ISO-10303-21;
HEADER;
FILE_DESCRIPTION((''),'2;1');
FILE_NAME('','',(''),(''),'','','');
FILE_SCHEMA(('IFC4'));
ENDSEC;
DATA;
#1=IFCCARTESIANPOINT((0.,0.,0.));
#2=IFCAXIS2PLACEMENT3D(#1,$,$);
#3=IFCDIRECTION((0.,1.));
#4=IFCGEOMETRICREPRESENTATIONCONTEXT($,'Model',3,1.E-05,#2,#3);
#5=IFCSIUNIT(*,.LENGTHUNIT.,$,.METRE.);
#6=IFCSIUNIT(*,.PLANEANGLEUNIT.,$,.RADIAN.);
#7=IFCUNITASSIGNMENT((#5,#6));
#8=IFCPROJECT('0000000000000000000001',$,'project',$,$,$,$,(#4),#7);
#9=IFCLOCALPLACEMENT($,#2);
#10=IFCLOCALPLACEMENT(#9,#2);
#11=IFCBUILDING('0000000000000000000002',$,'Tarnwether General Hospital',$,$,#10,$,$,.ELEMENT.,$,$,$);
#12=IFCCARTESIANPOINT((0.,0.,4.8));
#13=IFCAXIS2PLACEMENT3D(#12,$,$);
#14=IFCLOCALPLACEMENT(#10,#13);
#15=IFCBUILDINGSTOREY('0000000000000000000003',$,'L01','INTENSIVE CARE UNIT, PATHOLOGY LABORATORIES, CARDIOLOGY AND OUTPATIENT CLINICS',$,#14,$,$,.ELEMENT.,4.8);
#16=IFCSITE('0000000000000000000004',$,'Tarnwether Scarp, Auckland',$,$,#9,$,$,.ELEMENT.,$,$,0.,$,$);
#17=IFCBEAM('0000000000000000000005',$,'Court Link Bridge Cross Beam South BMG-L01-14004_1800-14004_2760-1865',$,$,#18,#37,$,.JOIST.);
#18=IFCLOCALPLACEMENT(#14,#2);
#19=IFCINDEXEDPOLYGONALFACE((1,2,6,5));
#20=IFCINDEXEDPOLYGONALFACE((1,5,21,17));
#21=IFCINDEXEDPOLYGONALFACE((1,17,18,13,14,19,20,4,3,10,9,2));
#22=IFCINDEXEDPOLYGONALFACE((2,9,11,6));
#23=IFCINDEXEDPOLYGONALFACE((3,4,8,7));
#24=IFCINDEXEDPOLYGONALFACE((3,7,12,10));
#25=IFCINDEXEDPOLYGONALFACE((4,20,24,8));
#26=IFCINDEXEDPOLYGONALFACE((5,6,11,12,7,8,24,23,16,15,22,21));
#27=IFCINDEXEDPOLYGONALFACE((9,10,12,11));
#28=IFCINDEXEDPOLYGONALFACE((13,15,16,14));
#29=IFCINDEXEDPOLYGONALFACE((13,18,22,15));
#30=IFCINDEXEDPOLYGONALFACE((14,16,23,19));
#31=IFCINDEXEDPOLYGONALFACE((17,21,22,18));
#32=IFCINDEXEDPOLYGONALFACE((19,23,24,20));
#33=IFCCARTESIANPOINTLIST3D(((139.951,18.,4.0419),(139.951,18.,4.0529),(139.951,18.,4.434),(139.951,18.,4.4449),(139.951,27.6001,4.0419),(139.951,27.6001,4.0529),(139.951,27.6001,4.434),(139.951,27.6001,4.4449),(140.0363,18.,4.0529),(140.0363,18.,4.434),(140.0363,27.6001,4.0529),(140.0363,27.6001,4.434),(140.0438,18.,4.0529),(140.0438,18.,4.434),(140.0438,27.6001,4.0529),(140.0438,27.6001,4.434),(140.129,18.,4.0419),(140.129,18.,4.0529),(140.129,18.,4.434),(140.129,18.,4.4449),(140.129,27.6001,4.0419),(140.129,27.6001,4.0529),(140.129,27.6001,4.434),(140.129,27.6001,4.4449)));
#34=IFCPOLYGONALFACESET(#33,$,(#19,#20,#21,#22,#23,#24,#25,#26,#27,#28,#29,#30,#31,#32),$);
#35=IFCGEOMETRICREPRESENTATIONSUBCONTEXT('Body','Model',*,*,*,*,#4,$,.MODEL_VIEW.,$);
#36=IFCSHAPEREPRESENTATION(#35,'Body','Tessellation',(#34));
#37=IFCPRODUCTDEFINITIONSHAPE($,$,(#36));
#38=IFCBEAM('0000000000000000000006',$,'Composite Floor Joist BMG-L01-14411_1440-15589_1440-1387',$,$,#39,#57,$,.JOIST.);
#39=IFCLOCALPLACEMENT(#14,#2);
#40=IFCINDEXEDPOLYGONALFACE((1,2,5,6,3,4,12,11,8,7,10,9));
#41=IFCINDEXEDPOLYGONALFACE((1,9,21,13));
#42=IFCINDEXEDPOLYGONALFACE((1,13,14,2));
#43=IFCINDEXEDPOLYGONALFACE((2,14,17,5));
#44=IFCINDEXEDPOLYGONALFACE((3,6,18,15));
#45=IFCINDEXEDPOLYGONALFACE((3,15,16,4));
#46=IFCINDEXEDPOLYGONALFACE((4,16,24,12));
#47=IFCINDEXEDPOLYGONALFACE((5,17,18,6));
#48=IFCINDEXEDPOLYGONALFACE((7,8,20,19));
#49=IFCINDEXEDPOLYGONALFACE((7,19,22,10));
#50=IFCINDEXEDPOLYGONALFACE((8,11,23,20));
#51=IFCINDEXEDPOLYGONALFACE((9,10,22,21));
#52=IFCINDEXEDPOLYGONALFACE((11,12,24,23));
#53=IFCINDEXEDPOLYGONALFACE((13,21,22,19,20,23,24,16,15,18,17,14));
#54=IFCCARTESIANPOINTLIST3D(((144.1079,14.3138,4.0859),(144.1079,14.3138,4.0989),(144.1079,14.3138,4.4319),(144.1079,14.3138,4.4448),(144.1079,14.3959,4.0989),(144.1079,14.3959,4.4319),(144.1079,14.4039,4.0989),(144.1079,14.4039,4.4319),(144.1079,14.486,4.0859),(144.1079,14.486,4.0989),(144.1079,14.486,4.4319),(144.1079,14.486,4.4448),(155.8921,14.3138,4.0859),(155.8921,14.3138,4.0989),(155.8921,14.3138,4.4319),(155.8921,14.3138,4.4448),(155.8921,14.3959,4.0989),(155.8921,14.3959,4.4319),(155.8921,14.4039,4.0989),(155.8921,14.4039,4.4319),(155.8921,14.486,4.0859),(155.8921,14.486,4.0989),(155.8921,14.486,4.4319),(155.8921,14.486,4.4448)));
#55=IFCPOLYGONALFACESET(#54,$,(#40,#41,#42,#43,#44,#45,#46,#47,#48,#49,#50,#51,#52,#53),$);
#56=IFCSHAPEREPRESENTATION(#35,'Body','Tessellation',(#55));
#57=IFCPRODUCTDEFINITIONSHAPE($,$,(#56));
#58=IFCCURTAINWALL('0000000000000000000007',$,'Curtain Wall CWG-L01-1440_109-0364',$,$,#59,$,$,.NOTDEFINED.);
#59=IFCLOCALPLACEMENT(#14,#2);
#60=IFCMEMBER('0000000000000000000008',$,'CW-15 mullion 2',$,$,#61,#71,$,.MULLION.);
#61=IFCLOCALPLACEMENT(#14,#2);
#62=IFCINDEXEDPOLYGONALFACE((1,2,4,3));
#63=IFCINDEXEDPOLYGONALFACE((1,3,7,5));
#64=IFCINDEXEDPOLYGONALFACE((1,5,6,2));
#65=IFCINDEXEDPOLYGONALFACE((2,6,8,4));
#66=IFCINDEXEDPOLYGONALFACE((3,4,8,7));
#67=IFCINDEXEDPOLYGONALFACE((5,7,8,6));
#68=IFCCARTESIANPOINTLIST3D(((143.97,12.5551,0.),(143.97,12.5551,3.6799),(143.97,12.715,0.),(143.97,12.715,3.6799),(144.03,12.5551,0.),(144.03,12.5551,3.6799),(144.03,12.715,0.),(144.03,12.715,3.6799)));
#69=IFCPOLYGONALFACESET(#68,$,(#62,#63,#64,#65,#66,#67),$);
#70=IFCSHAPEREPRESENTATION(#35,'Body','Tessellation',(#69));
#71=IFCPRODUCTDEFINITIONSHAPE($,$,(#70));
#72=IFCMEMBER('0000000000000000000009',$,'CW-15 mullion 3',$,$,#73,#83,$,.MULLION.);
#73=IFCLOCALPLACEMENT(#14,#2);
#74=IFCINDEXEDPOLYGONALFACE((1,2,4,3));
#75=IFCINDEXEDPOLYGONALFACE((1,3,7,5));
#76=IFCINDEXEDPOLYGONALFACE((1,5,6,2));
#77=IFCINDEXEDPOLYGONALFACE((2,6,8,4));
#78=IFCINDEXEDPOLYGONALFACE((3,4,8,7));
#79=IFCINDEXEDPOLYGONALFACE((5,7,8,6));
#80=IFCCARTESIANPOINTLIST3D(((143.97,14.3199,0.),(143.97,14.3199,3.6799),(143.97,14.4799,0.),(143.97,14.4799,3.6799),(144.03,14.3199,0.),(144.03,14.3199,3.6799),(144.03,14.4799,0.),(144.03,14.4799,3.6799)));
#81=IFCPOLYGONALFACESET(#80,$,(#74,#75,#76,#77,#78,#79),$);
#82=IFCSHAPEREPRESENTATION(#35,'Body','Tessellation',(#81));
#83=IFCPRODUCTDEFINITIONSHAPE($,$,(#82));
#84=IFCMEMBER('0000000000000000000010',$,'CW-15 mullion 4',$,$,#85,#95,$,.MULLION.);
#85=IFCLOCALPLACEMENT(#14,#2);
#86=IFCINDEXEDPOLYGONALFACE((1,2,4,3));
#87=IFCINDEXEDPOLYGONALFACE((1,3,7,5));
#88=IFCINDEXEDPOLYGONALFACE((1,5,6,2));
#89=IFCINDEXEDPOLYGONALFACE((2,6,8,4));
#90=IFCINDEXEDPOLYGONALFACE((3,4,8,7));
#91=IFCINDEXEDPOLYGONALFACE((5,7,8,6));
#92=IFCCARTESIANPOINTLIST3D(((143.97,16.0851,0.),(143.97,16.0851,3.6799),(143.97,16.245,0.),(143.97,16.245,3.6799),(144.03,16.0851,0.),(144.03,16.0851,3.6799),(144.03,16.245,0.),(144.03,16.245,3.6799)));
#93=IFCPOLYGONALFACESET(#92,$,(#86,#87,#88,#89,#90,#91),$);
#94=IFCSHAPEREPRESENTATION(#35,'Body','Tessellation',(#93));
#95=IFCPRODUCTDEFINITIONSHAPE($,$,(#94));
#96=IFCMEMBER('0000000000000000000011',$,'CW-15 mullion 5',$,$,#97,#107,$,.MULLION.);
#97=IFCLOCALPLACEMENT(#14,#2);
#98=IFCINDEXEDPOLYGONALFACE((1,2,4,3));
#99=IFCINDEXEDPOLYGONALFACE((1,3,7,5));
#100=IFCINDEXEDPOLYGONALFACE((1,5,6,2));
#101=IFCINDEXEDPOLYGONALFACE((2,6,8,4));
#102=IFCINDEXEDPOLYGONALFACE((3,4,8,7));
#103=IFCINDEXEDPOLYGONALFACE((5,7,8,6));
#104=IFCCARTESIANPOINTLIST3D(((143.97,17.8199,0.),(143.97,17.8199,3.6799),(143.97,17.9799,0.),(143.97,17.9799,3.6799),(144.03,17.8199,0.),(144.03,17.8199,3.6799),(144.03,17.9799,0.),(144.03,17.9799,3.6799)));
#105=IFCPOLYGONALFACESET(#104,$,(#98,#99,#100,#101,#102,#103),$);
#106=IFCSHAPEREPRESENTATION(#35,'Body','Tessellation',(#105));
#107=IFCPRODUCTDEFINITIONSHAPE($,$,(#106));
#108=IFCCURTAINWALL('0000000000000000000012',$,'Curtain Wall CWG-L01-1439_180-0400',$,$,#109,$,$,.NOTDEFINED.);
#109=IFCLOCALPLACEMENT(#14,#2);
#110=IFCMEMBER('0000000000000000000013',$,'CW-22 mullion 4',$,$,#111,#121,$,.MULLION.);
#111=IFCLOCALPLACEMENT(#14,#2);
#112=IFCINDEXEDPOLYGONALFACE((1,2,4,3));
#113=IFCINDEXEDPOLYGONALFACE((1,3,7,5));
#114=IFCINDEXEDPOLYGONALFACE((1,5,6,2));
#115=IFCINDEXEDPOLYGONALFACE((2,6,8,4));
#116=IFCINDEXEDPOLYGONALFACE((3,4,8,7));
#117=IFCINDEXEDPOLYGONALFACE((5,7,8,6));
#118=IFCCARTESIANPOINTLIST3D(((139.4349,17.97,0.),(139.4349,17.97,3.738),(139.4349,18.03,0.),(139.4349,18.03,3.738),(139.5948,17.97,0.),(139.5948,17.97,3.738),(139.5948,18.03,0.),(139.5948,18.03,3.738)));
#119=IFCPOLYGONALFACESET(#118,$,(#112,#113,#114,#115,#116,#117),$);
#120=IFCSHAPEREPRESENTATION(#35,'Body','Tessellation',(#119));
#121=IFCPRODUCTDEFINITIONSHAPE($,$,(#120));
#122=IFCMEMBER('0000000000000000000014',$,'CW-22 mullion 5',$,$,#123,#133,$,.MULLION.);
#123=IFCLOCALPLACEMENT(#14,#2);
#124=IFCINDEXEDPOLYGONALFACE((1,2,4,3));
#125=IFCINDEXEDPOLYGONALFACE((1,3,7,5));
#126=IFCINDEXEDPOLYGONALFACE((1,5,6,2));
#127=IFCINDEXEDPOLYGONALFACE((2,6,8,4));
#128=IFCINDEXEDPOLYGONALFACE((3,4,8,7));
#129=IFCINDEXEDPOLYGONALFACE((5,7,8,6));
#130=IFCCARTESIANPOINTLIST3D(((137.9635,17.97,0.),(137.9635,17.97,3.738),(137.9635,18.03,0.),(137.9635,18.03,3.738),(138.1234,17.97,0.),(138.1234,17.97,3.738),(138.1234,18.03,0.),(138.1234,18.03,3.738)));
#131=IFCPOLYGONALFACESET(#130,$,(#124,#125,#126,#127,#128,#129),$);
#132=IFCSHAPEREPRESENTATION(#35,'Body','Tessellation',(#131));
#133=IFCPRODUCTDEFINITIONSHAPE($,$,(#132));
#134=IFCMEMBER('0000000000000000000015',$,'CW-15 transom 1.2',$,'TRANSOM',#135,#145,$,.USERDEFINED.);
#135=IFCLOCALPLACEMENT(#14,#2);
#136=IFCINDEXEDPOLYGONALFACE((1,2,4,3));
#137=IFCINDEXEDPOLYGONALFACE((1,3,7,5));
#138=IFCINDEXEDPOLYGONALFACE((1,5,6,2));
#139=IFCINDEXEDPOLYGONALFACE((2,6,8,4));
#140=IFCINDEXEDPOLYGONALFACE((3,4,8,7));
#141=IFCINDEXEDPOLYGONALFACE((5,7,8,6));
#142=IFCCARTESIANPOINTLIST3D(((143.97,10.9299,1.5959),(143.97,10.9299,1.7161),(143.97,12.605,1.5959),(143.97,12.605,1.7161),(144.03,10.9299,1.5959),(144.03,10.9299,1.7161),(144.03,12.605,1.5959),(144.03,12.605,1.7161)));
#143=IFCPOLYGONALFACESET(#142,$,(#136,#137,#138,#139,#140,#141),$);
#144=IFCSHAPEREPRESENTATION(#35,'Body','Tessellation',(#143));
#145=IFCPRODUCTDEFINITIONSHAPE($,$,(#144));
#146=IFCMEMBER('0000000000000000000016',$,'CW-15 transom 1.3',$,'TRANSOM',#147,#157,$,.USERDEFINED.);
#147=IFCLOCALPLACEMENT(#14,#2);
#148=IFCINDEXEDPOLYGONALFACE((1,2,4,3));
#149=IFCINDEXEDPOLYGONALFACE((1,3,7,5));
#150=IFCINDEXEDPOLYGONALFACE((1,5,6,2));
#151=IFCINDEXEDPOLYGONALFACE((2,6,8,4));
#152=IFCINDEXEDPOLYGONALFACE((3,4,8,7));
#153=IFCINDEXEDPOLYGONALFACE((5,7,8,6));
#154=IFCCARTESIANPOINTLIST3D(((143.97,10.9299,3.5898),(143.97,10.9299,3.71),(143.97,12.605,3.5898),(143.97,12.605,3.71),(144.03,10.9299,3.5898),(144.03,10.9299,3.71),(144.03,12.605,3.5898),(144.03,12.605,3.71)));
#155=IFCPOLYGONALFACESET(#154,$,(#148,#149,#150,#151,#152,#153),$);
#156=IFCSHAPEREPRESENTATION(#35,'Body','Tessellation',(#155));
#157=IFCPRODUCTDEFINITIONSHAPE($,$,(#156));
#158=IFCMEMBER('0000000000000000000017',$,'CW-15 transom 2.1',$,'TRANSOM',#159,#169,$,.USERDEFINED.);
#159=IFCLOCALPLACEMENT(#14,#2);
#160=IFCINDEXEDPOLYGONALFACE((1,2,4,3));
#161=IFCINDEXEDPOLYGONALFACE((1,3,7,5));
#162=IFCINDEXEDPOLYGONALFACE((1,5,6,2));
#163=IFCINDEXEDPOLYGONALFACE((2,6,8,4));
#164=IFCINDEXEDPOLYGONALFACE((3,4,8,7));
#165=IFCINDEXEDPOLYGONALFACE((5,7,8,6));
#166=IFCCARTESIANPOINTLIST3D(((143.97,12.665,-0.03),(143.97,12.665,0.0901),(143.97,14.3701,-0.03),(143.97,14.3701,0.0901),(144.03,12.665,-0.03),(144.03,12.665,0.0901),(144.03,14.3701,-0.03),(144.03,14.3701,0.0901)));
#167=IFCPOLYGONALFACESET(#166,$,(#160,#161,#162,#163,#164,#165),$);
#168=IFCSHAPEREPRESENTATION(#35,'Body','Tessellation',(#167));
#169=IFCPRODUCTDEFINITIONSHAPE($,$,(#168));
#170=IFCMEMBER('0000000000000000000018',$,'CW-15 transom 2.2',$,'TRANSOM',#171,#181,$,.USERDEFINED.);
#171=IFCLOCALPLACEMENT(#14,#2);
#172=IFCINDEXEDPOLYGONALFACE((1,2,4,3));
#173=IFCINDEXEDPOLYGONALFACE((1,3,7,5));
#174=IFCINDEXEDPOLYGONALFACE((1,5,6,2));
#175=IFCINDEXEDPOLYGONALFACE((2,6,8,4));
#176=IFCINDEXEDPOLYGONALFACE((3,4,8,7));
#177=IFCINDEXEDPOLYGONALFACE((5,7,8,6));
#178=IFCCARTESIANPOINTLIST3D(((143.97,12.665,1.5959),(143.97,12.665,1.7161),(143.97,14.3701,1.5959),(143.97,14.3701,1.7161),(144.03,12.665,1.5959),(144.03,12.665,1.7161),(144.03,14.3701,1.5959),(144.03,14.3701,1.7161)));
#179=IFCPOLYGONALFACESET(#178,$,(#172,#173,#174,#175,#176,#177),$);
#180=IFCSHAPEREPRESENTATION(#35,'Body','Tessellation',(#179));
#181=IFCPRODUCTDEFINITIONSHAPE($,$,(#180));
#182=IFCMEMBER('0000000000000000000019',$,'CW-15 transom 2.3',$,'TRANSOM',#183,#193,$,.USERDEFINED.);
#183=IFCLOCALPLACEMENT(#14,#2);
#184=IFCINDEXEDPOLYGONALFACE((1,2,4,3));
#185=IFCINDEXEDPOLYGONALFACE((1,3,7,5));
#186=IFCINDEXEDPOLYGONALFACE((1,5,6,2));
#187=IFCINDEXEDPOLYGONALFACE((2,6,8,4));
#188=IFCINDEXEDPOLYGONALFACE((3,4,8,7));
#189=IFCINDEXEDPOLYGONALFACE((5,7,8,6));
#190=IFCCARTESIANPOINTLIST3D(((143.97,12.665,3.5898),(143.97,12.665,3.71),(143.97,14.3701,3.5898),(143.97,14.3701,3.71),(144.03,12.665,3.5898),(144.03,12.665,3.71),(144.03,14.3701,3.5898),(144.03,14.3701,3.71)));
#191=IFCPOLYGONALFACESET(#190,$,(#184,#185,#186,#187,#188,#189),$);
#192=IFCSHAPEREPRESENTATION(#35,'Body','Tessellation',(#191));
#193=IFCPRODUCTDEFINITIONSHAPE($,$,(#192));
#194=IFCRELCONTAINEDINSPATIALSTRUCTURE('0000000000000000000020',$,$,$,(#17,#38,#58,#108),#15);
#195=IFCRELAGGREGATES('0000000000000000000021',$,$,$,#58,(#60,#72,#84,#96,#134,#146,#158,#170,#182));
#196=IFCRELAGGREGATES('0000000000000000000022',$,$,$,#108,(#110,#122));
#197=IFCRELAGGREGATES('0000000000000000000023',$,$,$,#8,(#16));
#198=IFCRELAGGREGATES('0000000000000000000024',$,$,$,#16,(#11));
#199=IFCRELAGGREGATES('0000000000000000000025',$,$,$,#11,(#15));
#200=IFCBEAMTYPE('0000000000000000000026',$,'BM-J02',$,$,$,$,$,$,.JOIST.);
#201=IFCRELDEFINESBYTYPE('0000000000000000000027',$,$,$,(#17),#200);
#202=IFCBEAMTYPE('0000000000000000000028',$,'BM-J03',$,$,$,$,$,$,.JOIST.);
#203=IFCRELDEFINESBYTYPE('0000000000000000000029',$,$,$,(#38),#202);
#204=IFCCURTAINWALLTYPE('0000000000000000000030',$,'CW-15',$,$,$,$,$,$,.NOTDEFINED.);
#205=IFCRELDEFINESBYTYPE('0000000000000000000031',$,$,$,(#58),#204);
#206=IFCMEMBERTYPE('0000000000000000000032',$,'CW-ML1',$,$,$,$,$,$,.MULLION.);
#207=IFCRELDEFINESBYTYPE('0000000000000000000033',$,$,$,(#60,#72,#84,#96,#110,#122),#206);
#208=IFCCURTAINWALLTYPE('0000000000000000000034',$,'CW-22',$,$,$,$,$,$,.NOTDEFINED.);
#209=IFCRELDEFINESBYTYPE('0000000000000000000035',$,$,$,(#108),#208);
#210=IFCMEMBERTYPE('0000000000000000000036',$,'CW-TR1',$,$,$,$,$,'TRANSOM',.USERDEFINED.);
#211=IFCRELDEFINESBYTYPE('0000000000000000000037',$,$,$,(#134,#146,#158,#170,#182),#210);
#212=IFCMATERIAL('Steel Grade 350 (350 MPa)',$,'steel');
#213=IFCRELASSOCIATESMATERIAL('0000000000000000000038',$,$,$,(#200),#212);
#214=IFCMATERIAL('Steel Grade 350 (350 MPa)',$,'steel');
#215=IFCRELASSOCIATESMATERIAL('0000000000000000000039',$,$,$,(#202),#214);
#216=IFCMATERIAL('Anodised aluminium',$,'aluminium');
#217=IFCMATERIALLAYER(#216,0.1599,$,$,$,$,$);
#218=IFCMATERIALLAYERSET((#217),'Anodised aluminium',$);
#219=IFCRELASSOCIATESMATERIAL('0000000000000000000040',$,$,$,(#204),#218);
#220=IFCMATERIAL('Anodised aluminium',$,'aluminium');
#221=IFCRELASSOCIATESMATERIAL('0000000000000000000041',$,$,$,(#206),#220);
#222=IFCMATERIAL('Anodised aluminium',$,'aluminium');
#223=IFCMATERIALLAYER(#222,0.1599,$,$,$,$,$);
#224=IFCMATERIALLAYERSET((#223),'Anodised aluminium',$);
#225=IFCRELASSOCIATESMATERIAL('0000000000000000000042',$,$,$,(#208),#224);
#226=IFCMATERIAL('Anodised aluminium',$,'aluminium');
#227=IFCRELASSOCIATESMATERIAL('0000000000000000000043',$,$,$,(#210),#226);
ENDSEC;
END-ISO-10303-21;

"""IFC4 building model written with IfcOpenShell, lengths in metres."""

from ifc_helpers import new_model, si_unit, direction, frame, origin, origin_2d, place, context, subcontext, project, spatial, rectangle, i_section, extrude, material, layer, layer_set, material_profile, profile_set, type_object, element, aggregate, save


model = new_model("IFC4")

# Units and contexts
model_context = context("Model", 3, precision=1e-05, world=origin(), true_north=direction((0.0, 1.0)))
body_context = subcontext(model_context, "Body", "Model", "MODEL_VIEW")
ifc_project = project(units=[si_unit("LENGTHUNIT", "METRE"), si_unit("PLANEANGLEUNIT", "RADIAN")], contexts=[model_context])

# Site, building, storey
site_placement = place(None, origin())
site = spatial("IfcSite", under=ifc_project, at=site_placement, Name="Tarnwether Scarp, Auckland", CompositionType="ELEMENT", RefElevation=0.0)
building_placement = place(site_placement, origin())
building = spatial("IfcBuilding", under=site, at=building_placement, Name="Tarnwether General Hospital", CompositionType="ELEMENT")
storey_placement = place(building_placement, frame((0.0, 0.0, 4.8)))
storey = spatial("IfcBuildingStorey", under=building, at=storey_placement, Name="L01", Description="INTENSIVE CARE UNIT, PATHOLOGY LABORATORIES, CARDIOLOGY AND OUTPATIENT CLINICS", CompositionType="ELEMENT", Elevation=4.8)

# Beams
ifc_material_1 = material(Name="Steel Grade 350 (350 MPa)", Category="steel")
ifc_material_profile_1 = material_profile(ifc_material_1, i_section(OverallWidth=0.178, OverallDepth=0.4031, WebThickness=0.0076, FlangeThickness=0.011, at=origin_2d()), Name="410UB53.7")
ifc_profile_set_1 = profile_set([ifc_material_profile_1], Name="Steel Grade 350 (350 MPa)")
beam_type_1 = type_object("IfcBeamType", Name="BM-J02", PredefinedType="JOIST", material=ifc_profile_set_1)
beam_1_placement = place(storey_placement, frame((140.04, 18.0, 4.2434), z_axis=(0.0, 1.0, 0.0), x_axis=(-1.0, 0.0, 0.0)))
element("IfcBeam", 1, at=beam_1_placement, inside=storey, type_object=beam_type_1, Name="Court Link Bridge Cross Beam South BMG-L01-14004_1800-14004_2760-1865", PredefinedType="JOIST", context=body_context, shape_type="SweptSolid", body=[
    extrude(i_section(OverallWidth=0.178, OverallDepth=0.4031, WebThickness=0.0076, FlangeThickness=0.011, at=origin_2d()), origin(), (0.0, 0.0, 1.0), 9.6001),
])
ifc_material_2 = material(Name="Steel Grade 350 (350 MPa)", Category="steel")
ifc_material_profile_2 = material_profile(ifc_material_2, i_section(OverallWidth=0.1721, OverallDepth=0.3589, WebThickness=0.0081, FlangeThickness=0.0129, at=origin_2d()), Name="360UB56.7")
ifc_profile_set_2 = profile_set([ifc_material_profile_2], Name="Steel Grade 350 (350 MPa)")
beam_type_2 = type_object("IfcBeamType", Name="BM-J03", PredefinedType="JOIST", material=ifc_profile_set_2)
beam_2_placement = place(storey_placement, frame((144.1079, 14.3999, 4.2654), z_axis=(1.0, 0.0, 0.0), x_axis=(0.0, 1.0, 0.0)))
element("IfcBeam", 2, at=beam_2_placement, inside=storey, type_object=beam_type_2, Name="Composite Floor Joist BMG-L01-14411_1440-15589_1440-1387", PredefinedType="JOIST", context=body_context, shape_type="SweptSolid", body=[
    extrude(i_section(OverallWidth=0.1721, OverallDepth=0.3589, WebThickness=0.0081, FlangeThickness=0.0129, at=origin_2d()), origin(), (0.0, 0.0, 1.0), 11.7842),
])

# Curtain walls, members
ifc_material_3 = material(Name="Anodised aluminium", Category="aluminium")
ifc_layer_1 = layer(ifc_material_3, 0.1599)
ifc_layer_set_1 = layer_set([ifc_layer_1], Name="Anodised aluminium")
curtain_wall_type_1 = type_object("IfcCurtainWallType", Name="CW-15", PredefinedType="NOTDEFINED", material=ifc_layer_set_1)
curtain_wall_1_placement = place(storey_placement, origin())
curtain_wall_1 = element("IfcCurtainWall", 3, at=curtain_wall_1_placement, inside=storey, type_object=curtain_wall_type_1, Name="Curtain Wall CWG-L01-1440_109-0364", PredefinedType="NOTDEFINED")
ifc_material_4 = material(Name="Anodised aluminium", Category="aluminium")
ifc_material_profile_3 = material_profile(ifc_material_4, rectangle(XDim=0.0601, YDim=0.1599, at=origin_2d()), Name="ALU-MUL-60x160")
ifc_profile_set_3 = profile_set([ifc_material_profile_3], Name="Anodised aluminium")
member_type_1 = type_object("IfcMemberType", Name="CW-ML1", PredefinedType="MULLION", material=ifc_profile_set_3)
member_1_placement = place(storey_placement, frame((144.0, 12.635, 0.0), z_axis=(0.0, 0.0, 1.0), x_axis=(-1.0, 0.0, 0.0)))
member_1 = element("IfcMember", 4, at=member_1_placement, type_object=member_type_1, Name="CW-15 mullion 2", PredefinedType="MULLION", context=body_context, shape_type="SweptSolid", body=[
    extrude(rectangle(XDim=0.0601, YDim=0.1599, at=origin_2d()), origin(), (0.0, 0.0, 1.0), 3.6799),
])
member_2_placement = place(storey_placement, frame((144.0, 14.3999, 0.0), z_axis=(0.0, 0.0, 1.0), x_axis=(-1.0, 0.0, 0.0)))
member_2 = element("IfcMember", 5, at=member_2_placement, type_object=member_type_1, Name="CW-15 mullion 3", PredefinedType="MULLION", context=body_context, shape_type="SweptSolid", body=[
    extrude(rectangle(XDim=0.0601, YDim=0.1599, at=origin_2d()), origin(), (0.0, 0.0, 1.0), 3.6799),
])
member_3_placement = place(storey_placement, frame((144.0, 16.165, 0.0), z_axis=(0.0, 0.0, 1.0), x_axis=(-1.0, 0.0, 0.0)))
member_3 = element("IfcMember", 6, at=member_3_placement, type_object=member_type_1, Name="CW-15 mullion 4", PredefinedType="MULLION", context=body_context, shape_type="SweptSolid", body=[
    extrude(rectangle(XDim=0.0601, YDim=0.1599, at=origin_2d()), origin(), (0.0, 0.0, 1.0), 3.6799),
])
member_4_placement = place(storey_placement, frame((144.0, 17.8999, 0.0), z_axis=(0.0, 0.0, 1.0), x_axis=(-1.0, 0.0, 0.0)))
member_4 = element("IfcMember", 7, at=member_4_placement, type_object=member_type_1, Name="CW-15 mullion 5", PredefinedType="MULLION", context=body_context, shape_type="SweptSolid", body=[
    extrude(rectangle(XDim=0.0601, YDim=0.1599, at=origin_2d()), origin(), (0.0, 0.0, 1.0), 3.6799),
])
ifc_material_5 = material(Name="Anodised aluminium", Category="aluminium")
ifc_layer_2 = layer(ifc_material_5, 0.1599)
ifc_layer_set_2 = layer_set([ifc_layer_2], Name="Anodised aluminium")
curtain_wall_type_2 = type_object("IfcCurtainWallType", Name="CW-22", PredefinedType="NOTDEFINED", material=ifc_layer_set_2)
curtain_wall_2_placement = place(storey_placement, origin())
curtain_wall_2 = element("IfcCurtainWall", 8, at=curtain_wall_2_placement, inside=storey, type_object=curtain_wall_type_2, Name="Curtain Wall CWG-L01-1439_180-0400", PredefinedType="NOTDEFINED")
member_5_placement = place(storey_placement, frame((139.5149, 18.0, 0.0), z_axis=(0.0, 0.0, 1.0), x_axis=(0.0, -1.0, 0.0)))
member_5 = element("IfcMember", 9, at=member_5_placement, type_object=member_type_1, Name="CW-22 mullion 4", PredefinedType="MULLION", context=body_context, shape_type="SweptSolid", body=[
    extrude(rectangle(XDim=0.0601, YDim=0.1599, at=origin_2d()), origin(), (0.0, 0.0, 1.0), 3.738),
])
member_6_placement = place(storey_placement, frame((138.0435, 18.0, 0.0), z_axis=(0.0, 0.0, 1.0), x_axis=(0.0, -1.0, 0.0)))
member_6 = element("IfcMember", 10, at=member_6_placement, type_object=member_type_1, Name="CW-22 mullion 5", PredefinedType="MULLION", context=body_context, shape_type="SweptSolid", body=[
    extrude(rectangle(XDim=0.0601, YDim=0.1599, at=origin_2d()), origin(), (0.0, 0.0, 1.0), 3.738),
])

# Members
ifc_material_6 = material(Name="Anodised aluminium", Category="aluminium")
ifc_material_profile_4 = material_profile(ifc_material_6, rectangle(XDim=0.0601, YDim=0.1201, at=origin_2d()), Name="ALU-TRN-60x120")
ifc_profile_set_4 = profile_set([ifc_material_profile_4], Name="Anodised aluminium")
member_type_2 = type_object("IfcMemberType", Name="CW-TR1", ElementType="TRANSOM", PredefinedType="USERDEFINED", material=ifc_profile_set_4)
member_7_placement = place(storey_placement, frame((144.0, 10.9299, 1.656), z_axis=(0.0, 1.0, 0.0), x_axis=(-1.0, 0.0, 0.0)))
member_7 = element("IfcMember", 11, at=member_7_placement, type_object=member_type_2, Name="CW-15 transom 1.2", ObjectType="TRANSOM", PredefinedType="USERDEFINED", context=body_context, shape_type="SweptSolid", body=[
    extrude(rectangle(XDim=0.0601, YDim=0.1201, at=origin_2d()), origin(), (0.0, 0.0, 1.0), 1.675),
])
member_8_placement = place(storey_placement, frame((144.0, 10.9299, 3.6499), z_axis=(0.0, 1.0, 0.0), x_axis=(-1.0, 0.0, 0.0)))
member_8 = element("IfcMember", 12, at=member_8_placement, type_object=member_type_2, Name="CW-15 transom 1.3", ObjectType="TRANSOM", PredefinedType="USERDEFINED", context=body_context, shape_type="SweptSolid", body=[
    extrude(rectangle(XDim=0.0601, YDim=0.1201, at=origin_2d()), origin(), (0.0, 0.0, 1.0), 1.675),
])
member_9_placement = place(storey_placement, frame((144.0, 12.665, 0.03), z_axis=(0.0, 1.0, 0.0), x_axis=(-1.0, 0.0, 0.0)))
member_9 = element("IfcMember", 13, at=member_9_placement, type_object=member_type_2, Name="CW-15 transom 2.1", ObjectType="TRANSOM", PredefinedType="USERDEFINED", context=body_context, shape_type="SweptSolid", body=[
    extrude(rectangle(XDim=0.0601, YDim=0.1201, at=origin_2d()), origin(), (0.0, 0.0, 1.0), 1.7051),
])
member_10_placement = place(storey_placement, frame((144.0, 12.665, 1.656), z_axis=(0.0, 1.0, 0.0), x_axis=(-1.0, 0.0, 0.0)))
member_10 = element("IfcMember", 14, at=member_10_placement, type_object=member_type_2, Name="CW-15 transom 2.2", ObjectType="TRANSOM", PredefinedType="USERDEFINED", context=body_context, shape_type="SweptSolid", body=[
    extrude(rectangle(XDim=0.0601, YDim=0.1201, at=origin_2d()), origin(), (0.0, 0.0, 1.0), 1.7051),
])
member_11_placement = place(storey_placement, frame((144.0, 12.665, 3.6499), z_axis=(0.0, 1.0, 0.0), x_axis=(-1.0, 0.0, 0.0)))
member_11 = element("IfcMember", 15, at=member_11_placement, type_object=member_type_2, Name="CW-15 transom 2.3", ObjectType="TRANSOM", PredefinedType="USERDEFINED", context=body_context, shape_type="SweptSolid", body=[
    extrude(rectangle(XDim=0.0601, YDim=0.1201, at=origin_2d()), origin(), (0.0, 0.0, 1.0), 1.7051),
])

aggregate(curtain_wall_1, [member_1, member_2, member_3, member_4, member_7, member_8, member_9, member_10, member_11])
aggregate(curtain_wall_2, [member_5, member_6])

save(model, "model.ifc")
